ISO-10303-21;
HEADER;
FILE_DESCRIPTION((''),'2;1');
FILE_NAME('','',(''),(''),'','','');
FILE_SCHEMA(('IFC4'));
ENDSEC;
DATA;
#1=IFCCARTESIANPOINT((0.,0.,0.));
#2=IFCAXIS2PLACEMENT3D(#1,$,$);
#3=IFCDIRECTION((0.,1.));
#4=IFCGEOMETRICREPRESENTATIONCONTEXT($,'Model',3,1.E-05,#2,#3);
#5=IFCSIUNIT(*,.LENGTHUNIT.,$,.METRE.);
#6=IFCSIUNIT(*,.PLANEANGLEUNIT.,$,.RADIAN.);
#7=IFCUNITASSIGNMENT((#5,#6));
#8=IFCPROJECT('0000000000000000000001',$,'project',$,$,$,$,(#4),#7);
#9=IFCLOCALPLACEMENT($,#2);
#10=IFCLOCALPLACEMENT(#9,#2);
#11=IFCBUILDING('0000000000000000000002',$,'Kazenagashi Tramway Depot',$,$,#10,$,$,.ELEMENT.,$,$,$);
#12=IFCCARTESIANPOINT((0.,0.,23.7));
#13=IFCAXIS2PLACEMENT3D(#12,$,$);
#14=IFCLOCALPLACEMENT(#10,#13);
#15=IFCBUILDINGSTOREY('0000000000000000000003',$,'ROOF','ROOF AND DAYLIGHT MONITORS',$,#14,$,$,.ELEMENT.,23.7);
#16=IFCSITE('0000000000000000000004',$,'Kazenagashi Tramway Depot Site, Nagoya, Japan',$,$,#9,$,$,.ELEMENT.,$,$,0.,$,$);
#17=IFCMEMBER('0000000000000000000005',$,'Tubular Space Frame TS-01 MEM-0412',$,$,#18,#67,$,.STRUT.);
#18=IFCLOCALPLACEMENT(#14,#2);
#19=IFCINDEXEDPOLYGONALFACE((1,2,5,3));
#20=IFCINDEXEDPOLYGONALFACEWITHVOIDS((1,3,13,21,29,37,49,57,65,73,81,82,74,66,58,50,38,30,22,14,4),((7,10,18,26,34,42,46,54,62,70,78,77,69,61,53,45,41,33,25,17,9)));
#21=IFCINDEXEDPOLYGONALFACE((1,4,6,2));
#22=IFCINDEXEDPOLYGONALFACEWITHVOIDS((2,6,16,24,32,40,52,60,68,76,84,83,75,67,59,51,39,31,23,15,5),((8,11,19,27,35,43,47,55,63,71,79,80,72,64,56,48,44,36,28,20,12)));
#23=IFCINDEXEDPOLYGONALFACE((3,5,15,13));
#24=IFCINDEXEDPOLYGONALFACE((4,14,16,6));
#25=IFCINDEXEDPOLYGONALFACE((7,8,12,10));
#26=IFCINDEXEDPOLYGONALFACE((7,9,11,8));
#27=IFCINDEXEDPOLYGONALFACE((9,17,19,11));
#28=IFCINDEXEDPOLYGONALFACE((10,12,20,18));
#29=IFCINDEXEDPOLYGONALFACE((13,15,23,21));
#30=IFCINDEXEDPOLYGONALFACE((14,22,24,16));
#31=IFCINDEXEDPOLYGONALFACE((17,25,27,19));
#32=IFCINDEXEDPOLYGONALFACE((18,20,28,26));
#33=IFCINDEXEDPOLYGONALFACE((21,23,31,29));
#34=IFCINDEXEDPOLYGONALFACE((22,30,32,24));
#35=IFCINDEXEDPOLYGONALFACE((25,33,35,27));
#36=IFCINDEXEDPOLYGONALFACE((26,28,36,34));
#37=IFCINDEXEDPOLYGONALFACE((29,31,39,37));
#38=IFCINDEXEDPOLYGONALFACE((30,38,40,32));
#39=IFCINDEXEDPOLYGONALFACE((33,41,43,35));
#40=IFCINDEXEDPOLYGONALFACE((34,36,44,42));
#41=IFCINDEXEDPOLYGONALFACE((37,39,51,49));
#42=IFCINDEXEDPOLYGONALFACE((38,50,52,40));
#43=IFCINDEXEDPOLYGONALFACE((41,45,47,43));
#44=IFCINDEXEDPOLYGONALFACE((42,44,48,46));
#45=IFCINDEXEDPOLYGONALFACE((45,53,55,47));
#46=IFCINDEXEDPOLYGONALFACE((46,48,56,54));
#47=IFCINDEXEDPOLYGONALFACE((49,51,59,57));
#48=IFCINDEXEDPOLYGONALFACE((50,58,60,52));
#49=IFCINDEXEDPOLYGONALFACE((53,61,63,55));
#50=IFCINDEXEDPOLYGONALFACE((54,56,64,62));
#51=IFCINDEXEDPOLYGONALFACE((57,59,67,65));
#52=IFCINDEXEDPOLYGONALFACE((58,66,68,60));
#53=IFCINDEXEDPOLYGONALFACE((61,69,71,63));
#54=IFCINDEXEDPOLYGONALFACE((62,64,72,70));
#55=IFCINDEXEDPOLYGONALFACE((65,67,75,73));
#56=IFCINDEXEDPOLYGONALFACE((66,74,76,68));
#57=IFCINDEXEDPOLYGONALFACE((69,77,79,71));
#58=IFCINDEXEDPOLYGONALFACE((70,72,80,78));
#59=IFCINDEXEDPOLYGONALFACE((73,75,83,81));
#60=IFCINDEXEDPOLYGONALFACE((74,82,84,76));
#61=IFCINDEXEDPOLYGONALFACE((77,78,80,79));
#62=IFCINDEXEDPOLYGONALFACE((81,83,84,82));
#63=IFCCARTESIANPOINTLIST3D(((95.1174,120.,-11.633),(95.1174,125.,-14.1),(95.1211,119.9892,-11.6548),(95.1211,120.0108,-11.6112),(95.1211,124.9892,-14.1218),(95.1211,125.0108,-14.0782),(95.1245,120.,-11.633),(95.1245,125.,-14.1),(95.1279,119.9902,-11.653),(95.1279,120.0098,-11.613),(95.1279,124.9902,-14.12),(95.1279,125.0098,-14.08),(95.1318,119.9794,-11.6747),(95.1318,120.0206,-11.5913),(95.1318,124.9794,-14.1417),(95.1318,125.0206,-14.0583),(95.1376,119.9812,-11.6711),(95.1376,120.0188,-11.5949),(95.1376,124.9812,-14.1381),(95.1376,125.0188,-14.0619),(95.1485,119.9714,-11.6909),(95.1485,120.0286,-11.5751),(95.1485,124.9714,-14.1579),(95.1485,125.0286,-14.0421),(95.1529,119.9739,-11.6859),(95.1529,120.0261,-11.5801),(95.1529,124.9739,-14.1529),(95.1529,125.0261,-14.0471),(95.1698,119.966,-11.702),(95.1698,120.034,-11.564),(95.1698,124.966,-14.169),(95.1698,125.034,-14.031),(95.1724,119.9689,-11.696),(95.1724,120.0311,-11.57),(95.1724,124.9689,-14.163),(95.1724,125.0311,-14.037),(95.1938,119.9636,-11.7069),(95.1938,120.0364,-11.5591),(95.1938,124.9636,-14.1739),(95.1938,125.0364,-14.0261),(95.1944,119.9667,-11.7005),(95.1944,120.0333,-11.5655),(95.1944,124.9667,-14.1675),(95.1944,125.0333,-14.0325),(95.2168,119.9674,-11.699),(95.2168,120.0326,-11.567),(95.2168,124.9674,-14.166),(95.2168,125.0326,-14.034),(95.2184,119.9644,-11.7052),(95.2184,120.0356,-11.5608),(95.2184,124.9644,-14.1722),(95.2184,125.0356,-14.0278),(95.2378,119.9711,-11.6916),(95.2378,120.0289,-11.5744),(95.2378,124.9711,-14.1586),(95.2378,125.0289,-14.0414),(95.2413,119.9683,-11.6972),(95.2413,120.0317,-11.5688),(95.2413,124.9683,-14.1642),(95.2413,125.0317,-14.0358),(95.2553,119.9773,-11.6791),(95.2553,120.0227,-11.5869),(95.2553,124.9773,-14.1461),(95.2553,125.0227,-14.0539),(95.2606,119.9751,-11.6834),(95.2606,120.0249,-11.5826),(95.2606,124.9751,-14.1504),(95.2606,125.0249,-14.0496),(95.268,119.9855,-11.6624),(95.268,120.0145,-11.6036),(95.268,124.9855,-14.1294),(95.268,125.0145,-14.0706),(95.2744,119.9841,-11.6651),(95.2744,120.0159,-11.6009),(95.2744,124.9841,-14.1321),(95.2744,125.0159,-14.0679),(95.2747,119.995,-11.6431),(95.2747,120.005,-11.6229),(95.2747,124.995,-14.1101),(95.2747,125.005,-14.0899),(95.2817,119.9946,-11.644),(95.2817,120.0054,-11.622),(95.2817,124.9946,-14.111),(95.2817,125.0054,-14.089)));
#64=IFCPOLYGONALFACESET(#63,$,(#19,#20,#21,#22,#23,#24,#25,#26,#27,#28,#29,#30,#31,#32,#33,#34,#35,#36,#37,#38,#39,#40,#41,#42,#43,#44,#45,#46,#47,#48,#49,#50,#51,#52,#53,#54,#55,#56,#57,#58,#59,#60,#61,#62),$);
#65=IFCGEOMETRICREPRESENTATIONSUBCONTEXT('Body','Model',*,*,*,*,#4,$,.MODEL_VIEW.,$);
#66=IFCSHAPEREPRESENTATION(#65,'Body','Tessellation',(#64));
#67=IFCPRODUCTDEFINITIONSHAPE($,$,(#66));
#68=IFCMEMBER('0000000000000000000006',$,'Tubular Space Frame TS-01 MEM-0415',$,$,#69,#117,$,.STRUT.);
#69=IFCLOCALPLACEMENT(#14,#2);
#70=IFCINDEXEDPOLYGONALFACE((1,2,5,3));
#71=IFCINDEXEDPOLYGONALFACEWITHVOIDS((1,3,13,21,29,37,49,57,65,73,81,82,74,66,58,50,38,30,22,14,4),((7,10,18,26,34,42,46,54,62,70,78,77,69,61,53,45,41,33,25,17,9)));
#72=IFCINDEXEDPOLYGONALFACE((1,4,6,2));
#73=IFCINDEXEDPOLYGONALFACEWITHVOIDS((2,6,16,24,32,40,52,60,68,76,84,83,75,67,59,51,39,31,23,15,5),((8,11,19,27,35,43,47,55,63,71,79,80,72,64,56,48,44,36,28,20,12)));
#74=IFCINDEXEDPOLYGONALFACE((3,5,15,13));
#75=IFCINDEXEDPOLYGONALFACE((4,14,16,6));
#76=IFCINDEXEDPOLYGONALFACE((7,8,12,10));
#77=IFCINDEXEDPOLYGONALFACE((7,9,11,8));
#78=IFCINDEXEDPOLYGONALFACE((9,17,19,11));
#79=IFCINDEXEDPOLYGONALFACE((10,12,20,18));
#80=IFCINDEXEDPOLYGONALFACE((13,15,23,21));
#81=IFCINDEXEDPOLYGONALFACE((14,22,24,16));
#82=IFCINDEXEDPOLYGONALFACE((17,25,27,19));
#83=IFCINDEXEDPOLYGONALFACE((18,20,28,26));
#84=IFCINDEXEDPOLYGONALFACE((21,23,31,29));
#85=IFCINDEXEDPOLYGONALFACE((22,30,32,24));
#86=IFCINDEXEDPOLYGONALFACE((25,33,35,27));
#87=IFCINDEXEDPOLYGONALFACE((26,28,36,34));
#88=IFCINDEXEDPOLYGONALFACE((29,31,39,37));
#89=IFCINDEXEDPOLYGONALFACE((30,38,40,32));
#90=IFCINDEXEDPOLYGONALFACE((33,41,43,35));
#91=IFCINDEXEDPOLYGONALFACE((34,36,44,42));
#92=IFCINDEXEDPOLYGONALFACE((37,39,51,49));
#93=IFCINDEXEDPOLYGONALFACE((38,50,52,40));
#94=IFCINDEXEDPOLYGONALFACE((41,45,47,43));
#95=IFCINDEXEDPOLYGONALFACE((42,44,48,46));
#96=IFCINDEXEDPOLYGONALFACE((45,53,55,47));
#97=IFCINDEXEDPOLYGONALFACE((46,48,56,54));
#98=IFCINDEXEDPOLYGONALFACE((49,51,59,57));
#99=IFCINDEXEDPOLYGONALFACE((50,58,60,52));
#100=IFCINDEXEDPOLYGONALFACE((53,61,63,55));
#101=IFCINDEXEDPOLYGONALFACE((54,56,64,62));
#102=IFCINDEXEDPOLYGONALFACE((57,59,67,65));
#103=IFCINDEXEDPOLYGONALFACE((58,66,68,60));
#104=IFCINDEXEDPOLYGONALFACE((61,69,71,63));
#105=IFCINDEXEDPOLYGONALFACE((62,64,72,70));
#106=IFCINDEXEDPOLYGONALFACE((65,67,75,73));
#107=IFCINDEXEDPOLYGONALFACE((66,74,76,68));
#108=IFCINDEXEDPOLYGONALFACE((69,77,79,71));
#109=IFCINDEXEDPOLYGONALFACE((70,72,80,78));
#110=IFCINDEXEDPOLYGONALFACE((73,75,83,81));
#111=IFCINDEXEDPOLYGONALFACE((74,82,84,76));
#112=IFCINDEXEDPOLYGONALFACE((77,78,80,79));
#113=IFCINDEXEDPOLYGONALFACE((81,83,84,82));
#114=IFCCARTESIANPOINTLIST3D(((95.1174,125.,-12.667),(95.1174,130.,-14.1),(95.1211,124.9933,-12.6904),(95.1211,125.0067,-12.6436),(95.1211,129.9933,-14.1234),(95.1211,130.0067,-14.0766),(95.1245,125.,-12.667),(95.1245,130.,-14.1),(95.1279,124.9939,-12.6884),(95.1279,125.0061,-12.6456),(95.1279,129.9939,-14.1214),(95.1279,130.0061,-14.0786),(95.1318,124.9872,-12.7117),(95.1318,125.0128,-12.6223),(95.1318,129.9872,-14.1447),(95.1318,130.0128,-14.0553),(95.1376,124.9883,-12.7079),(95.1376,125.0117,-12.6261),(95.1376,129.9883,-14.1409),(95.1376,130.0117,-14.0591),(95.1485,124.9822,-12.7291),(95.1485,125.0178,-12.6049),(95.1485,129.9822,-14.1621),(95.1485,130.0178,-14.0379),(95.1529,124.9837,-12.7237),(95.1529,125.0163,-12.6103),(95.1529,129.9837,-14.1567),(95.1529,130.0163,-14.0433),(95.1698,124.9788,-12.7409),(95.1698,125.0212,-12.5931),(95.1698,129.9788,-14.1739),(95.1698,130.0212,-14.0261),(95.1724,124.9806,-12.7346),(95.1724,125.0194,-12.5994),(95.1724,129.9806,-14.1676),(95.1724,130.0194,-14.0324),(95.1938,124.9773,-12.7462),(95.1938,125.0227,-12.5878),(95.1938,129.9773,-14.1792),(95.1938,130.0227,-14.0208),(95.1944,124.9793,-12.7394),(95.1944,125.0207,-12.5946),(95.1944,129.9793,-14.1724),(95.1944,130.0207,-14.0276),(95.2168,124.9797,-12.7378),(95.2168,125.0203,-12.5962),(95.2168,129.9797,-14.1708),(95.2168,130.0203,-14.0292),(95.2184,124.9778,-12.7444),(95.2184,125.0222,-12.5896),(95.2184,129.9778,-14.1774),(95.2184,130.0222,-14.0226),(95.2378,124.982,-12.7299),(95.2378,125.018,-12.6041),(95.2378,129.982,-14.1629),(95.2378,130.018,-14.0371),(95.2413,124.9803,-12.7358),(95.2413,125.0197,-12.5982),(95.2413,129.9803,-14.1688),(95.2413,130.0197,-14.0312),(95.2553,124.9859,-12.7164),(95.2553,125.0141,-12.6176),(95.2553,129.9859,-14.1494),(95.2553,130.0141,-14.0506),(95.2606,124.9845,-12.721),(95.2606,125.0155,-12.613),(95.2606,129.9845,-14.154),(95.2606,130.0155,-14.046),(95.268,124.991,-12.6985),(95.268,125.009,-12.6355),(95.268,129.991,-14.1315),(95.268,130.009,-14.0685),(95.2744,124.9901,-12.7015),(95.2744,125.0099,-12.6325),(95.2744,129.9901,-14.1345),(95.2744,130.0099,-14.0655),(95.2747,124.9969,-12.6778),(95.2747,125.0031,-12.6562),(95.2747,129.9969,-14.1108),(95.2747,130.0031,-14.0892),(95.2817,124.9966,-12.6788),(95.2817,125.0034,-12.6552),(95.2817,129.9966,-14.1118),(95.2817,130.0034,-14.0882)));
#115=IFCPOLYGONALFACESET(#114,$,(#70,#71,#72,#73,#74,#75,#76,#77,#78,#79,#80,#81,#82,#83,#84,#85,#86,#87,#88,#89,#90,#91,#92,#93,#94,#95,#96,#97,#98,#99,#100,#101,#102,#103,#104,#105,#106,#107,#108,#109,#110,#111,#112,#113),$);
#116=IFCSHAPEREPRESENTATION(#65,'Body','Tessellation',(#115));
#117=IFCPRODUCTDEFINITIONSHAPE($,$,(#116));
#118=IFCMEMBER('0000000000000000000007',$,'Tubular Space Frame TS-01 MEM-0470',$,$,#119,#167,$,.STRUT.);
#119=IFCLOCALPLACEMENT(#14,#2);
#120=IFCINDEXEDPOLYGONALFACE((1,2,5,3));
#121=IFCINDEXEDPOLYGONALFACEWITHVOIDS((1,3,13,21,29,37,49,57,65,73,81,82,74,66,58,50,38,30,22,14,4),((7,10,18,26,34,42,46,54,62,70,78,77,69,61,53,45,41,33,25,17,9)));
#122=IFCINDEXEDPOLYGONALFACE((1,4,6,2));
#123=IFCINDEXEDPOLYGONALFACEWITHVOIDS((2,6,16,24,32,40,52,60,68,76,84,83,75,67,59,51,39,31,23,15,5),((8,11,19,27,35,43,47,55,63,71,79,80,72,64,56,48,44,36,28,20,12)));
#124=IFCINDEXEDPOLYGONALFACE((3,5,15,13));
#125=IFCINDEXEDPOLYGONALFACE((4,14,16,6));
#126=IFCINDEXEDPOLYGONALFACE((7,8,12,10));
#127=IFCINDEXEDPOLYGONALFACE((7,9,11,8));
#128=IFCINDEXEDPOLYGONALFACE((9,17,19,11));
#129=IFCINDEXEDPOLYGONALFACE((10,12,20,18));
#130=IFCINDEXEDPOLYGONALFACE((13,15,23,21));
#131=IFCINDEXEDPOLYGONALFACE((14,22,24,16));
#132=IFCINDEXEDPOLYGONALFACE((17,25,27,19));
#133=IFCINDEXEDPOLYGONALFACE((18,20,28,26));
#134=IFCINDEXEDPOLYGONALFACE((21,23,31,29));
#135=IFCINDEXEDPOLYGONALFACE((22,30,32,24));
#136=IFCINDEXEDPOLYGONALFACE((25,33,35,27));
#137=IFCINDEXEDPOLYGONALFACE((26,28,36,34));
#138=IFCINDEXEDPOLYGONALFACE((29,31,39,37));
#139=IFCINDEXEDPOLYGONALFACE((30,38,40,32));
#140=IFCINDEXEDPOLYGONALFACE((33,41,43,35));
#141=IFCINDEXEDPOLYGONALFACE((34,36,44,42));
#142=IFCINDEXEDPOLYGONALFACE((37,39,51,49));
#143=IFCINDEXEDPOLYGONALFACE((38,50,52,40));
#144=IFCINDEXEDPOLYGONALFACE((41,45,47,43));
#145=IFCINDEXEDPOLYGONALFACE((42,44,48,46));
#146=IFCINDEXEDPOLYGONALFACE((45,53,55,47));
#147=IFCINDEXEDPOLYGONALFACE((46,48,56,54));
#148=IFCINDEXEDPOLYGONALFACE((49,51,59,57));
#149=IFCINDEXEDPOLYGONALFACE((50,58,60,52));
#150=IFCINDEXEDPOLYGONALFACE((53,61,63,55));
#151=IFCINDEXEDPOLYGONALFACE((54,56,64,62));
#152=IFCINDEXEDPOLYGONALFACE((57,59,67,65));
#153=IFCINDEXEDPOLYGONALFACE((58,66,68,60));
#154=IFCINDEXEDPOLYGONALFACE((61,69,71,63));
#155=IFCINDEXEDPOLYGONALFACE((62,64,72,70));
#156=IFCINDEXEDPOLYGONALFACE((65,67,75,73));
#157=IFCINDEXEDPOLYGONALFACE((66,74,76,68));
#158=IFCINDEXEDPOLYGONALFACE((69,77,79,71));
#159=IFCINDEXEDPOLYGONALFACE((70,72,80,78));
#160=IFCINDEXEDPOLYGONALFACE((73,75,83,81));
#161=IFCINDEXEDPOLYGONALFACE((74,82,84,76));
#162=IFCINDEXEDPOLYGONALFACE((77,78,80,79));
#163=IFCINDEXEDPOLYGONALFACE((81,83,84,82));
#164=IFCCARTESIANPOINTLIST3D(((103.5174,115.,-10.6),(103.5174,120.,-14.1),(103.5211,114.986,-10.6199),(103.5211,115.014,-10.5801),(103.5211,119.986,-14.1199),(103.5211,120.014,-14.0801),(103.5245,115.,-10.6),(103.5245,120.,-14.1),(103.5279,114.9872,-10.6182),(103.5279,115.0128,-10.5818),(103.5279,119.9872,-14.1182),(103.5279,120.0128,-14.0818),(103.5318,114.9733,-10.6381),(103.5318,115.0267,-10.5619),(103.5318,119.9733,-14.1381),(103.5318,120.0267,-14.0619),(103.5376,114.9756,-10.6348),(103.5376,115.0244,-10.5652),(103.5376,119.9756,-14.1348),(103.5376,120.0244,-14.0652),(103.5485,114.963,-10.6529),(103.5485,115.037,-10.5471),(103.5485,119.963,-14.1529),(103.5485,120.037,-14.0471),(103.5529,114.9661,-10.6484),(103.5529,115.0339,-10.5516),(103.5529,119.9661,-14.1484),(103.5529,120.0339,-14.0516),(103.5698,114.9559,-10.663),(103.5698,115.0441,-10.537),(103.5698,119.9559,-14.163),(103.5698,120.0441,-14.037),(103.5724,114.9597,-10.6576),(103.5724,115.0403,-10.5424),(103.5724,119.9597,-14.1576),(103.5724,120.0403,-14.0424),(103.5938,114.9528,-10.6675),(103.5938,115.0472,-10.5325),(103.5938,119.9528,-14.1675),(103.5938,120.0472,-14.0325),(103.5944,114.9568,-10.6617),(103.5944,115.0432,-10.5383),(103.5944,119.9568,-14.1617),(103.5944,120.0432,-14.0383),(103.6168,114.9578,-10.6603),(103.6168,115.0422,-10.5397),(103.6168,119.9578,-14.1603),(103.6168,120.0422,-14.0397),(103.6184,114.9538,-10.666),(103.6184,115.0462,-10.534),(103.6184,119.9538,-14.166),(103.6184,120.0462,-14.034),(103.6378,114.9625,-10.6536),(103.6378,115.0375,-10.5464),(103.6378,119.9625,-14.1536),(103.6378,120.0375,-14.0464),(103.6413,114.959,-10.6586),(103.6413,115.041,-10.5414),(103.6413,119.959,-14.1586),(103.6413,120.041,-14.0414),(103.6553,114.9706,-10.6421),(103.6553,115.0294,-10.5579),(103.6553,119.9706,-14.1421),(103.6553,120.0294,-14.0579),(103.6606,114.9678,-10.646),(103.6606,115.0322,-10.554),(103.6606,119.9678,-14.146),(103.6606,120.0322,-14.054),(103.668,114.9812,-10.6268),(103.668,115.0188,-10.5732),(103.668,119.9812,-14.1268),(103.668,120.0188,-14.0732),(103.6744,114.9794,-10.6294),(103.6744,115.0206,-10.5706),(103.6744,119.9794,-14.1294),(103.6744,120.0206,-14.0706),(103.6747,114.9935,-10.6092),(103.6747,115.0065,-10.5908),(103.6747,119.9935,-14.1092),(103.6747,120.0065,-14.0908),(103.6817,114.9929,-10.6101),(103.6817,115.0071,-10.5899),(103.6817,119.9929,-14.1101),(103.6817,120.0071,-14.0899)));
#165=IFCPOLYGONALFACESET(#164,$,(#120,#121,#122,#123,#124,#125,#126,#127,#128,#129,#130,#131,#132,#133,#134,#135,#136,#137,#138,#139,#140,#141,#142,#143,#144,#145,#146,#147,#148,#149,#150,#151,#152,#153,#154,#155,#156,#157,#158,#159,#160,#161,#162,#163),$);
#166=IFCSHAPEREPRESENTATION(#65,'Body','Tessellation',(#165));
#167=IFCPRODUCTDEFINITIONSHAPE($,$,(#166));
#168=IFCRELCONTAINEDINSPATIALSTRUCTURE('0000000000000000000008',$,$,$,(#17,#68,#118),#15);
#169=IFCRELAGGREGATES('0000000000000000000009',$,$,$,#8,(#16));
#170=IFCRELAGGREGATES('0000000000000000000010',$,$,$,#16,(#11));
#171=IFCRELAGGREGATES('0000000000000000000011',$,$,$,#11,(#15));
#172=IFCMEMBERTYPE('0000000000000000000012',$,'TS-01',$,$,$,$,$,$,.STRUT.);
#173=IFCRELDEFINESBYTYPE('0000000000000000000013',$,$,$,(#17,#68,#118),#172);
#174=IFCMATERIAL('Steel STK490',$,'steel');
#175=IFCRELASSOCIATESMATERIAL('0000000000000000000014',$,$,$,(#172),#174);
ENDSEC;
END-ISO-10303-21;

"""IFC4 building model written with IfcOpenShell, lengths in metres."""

from ifc_helpers import new_model, si_unit, direction, frame, origin, origin_2d, place, context, subcontext, project, spatial, hollow_circle, extrude, material, material_profile, profile_set, type_object, element, save


model = new_model("IFC4")

# Units and contexts
model_context = context("Model", 3, precision=1e-05, world=origin(), true_north=direction((0.0, 1.0)))
body_context = subcontext(model_context, "Body", "Model", "MODEL_VIEW")
ifc_project = project(units=[si_unit("LENGTHUNIT", "METRE"), si_unit("PLANEANGLEUNIT", "RADIAN")], contexts=[model_context])

# Site, building, storey
site_placement = place(None, origin())
site = spatial("IfcSite", under=ifc_project, at=site_placement, Name="Kazenagashi Tramway Depot Site, Nagoya, Japan", CompositionType="ELEMENT", RefElevation=0.0)
building_placement = place(site_placement, origin())
building = spatial("IfcBuilding", under=site, at=building_placement, Name="Kazenagashi Tramway Depot", CompositionType="ELEMENT")
storey_placement = place(building_placement, frame((0.0, 0.0, 23.7)))
storey = spatial("IfcBuildingStorey", under=building, at=storey_placement, Name="ROOF", Description="ROOF AND DAYLIGHT MONITORS", CompositionType="ELEMENT", Elevation=23.7)

# Members
ifc_material_1 = material(Name="Steel STK490", Category="steel")
ifc_material_profile_1 = material_profile(ifc_material_1, hollow_circle(Radius=0.0826, WallThickness=0.0071, at=origin_2d()), Name="CHS-165.2x7.1")
ifc_profile_set_1 = profile_set([ifc_material_profile_1], Name="Steel STK490")
member_type_1 = type_object("IfcMemberType", Name="TS-01", PredefinedType="STRUT", material=ifc_profile_set_1)
member_1_placement = place(storey_placement, frame((95.2, 120.0, -11.633), z_axis=(0.0, 0.896782, -0.442472), x_axis=(-1.0, 0.0, 0.0)))
element("IfcMember", 1, at=member_1_placement, inside=storey, type_object=member_type_1, Name="Tubular Space Frame TS-01 MEM-0412", PredefinedType="STRUT", context=body_context, shape_type="SweptSolid", body=[
    extrude(hollow_circle(Radius=0.0826, WallThickness=0.0071, at=origin_2d()), origin(), (0.0, 0.0, 1.0), 5.5755),
])
member_2_placement = place(storey_placement, frame((95.2, 125.0, -12.667), z_axis=(0.0, 0.961299, -0.275508), x_axis=(-1.0, 0.0, 0.0)))
element("IfcMember", 2, at=member_2_placement, inside=storey, type_object=member_type_1, Name="Tubular Space Frame TS-01 MEM-0415", PredefinedType="STRUT", context=body_context, shape_type="SweptSolid", body=[
    extrude(hollow_circle(Radius=0.0826, WallThickness=0.0071, at=origin_2d()), origin(), (0.0, 0.0, 1.0), 5.2013),
])
member_3_placement = place(storey_placement, frame((103.6, 115.0, -10.6), z_axis=(0.0, 0.819232, -0.573462), x_axis=(-1.0, 0.0, 0.0)))
element("IfcMember", 3, at=member_3_placement, inside=storey, type_object=member_type_1, Name="Tubular Space Frame TS-01 MEM-0470", PredefinedType="STRUT", context=body_context, shape_type="SweptSolid", body=[
    extrude(hollow_circle(Radius=0.0826, WallThickness=0.0071, at=origin_2d()), origin(), (0.0, 0.0, 1.0), 6.1033),
])

save(model, "model.ifc")
